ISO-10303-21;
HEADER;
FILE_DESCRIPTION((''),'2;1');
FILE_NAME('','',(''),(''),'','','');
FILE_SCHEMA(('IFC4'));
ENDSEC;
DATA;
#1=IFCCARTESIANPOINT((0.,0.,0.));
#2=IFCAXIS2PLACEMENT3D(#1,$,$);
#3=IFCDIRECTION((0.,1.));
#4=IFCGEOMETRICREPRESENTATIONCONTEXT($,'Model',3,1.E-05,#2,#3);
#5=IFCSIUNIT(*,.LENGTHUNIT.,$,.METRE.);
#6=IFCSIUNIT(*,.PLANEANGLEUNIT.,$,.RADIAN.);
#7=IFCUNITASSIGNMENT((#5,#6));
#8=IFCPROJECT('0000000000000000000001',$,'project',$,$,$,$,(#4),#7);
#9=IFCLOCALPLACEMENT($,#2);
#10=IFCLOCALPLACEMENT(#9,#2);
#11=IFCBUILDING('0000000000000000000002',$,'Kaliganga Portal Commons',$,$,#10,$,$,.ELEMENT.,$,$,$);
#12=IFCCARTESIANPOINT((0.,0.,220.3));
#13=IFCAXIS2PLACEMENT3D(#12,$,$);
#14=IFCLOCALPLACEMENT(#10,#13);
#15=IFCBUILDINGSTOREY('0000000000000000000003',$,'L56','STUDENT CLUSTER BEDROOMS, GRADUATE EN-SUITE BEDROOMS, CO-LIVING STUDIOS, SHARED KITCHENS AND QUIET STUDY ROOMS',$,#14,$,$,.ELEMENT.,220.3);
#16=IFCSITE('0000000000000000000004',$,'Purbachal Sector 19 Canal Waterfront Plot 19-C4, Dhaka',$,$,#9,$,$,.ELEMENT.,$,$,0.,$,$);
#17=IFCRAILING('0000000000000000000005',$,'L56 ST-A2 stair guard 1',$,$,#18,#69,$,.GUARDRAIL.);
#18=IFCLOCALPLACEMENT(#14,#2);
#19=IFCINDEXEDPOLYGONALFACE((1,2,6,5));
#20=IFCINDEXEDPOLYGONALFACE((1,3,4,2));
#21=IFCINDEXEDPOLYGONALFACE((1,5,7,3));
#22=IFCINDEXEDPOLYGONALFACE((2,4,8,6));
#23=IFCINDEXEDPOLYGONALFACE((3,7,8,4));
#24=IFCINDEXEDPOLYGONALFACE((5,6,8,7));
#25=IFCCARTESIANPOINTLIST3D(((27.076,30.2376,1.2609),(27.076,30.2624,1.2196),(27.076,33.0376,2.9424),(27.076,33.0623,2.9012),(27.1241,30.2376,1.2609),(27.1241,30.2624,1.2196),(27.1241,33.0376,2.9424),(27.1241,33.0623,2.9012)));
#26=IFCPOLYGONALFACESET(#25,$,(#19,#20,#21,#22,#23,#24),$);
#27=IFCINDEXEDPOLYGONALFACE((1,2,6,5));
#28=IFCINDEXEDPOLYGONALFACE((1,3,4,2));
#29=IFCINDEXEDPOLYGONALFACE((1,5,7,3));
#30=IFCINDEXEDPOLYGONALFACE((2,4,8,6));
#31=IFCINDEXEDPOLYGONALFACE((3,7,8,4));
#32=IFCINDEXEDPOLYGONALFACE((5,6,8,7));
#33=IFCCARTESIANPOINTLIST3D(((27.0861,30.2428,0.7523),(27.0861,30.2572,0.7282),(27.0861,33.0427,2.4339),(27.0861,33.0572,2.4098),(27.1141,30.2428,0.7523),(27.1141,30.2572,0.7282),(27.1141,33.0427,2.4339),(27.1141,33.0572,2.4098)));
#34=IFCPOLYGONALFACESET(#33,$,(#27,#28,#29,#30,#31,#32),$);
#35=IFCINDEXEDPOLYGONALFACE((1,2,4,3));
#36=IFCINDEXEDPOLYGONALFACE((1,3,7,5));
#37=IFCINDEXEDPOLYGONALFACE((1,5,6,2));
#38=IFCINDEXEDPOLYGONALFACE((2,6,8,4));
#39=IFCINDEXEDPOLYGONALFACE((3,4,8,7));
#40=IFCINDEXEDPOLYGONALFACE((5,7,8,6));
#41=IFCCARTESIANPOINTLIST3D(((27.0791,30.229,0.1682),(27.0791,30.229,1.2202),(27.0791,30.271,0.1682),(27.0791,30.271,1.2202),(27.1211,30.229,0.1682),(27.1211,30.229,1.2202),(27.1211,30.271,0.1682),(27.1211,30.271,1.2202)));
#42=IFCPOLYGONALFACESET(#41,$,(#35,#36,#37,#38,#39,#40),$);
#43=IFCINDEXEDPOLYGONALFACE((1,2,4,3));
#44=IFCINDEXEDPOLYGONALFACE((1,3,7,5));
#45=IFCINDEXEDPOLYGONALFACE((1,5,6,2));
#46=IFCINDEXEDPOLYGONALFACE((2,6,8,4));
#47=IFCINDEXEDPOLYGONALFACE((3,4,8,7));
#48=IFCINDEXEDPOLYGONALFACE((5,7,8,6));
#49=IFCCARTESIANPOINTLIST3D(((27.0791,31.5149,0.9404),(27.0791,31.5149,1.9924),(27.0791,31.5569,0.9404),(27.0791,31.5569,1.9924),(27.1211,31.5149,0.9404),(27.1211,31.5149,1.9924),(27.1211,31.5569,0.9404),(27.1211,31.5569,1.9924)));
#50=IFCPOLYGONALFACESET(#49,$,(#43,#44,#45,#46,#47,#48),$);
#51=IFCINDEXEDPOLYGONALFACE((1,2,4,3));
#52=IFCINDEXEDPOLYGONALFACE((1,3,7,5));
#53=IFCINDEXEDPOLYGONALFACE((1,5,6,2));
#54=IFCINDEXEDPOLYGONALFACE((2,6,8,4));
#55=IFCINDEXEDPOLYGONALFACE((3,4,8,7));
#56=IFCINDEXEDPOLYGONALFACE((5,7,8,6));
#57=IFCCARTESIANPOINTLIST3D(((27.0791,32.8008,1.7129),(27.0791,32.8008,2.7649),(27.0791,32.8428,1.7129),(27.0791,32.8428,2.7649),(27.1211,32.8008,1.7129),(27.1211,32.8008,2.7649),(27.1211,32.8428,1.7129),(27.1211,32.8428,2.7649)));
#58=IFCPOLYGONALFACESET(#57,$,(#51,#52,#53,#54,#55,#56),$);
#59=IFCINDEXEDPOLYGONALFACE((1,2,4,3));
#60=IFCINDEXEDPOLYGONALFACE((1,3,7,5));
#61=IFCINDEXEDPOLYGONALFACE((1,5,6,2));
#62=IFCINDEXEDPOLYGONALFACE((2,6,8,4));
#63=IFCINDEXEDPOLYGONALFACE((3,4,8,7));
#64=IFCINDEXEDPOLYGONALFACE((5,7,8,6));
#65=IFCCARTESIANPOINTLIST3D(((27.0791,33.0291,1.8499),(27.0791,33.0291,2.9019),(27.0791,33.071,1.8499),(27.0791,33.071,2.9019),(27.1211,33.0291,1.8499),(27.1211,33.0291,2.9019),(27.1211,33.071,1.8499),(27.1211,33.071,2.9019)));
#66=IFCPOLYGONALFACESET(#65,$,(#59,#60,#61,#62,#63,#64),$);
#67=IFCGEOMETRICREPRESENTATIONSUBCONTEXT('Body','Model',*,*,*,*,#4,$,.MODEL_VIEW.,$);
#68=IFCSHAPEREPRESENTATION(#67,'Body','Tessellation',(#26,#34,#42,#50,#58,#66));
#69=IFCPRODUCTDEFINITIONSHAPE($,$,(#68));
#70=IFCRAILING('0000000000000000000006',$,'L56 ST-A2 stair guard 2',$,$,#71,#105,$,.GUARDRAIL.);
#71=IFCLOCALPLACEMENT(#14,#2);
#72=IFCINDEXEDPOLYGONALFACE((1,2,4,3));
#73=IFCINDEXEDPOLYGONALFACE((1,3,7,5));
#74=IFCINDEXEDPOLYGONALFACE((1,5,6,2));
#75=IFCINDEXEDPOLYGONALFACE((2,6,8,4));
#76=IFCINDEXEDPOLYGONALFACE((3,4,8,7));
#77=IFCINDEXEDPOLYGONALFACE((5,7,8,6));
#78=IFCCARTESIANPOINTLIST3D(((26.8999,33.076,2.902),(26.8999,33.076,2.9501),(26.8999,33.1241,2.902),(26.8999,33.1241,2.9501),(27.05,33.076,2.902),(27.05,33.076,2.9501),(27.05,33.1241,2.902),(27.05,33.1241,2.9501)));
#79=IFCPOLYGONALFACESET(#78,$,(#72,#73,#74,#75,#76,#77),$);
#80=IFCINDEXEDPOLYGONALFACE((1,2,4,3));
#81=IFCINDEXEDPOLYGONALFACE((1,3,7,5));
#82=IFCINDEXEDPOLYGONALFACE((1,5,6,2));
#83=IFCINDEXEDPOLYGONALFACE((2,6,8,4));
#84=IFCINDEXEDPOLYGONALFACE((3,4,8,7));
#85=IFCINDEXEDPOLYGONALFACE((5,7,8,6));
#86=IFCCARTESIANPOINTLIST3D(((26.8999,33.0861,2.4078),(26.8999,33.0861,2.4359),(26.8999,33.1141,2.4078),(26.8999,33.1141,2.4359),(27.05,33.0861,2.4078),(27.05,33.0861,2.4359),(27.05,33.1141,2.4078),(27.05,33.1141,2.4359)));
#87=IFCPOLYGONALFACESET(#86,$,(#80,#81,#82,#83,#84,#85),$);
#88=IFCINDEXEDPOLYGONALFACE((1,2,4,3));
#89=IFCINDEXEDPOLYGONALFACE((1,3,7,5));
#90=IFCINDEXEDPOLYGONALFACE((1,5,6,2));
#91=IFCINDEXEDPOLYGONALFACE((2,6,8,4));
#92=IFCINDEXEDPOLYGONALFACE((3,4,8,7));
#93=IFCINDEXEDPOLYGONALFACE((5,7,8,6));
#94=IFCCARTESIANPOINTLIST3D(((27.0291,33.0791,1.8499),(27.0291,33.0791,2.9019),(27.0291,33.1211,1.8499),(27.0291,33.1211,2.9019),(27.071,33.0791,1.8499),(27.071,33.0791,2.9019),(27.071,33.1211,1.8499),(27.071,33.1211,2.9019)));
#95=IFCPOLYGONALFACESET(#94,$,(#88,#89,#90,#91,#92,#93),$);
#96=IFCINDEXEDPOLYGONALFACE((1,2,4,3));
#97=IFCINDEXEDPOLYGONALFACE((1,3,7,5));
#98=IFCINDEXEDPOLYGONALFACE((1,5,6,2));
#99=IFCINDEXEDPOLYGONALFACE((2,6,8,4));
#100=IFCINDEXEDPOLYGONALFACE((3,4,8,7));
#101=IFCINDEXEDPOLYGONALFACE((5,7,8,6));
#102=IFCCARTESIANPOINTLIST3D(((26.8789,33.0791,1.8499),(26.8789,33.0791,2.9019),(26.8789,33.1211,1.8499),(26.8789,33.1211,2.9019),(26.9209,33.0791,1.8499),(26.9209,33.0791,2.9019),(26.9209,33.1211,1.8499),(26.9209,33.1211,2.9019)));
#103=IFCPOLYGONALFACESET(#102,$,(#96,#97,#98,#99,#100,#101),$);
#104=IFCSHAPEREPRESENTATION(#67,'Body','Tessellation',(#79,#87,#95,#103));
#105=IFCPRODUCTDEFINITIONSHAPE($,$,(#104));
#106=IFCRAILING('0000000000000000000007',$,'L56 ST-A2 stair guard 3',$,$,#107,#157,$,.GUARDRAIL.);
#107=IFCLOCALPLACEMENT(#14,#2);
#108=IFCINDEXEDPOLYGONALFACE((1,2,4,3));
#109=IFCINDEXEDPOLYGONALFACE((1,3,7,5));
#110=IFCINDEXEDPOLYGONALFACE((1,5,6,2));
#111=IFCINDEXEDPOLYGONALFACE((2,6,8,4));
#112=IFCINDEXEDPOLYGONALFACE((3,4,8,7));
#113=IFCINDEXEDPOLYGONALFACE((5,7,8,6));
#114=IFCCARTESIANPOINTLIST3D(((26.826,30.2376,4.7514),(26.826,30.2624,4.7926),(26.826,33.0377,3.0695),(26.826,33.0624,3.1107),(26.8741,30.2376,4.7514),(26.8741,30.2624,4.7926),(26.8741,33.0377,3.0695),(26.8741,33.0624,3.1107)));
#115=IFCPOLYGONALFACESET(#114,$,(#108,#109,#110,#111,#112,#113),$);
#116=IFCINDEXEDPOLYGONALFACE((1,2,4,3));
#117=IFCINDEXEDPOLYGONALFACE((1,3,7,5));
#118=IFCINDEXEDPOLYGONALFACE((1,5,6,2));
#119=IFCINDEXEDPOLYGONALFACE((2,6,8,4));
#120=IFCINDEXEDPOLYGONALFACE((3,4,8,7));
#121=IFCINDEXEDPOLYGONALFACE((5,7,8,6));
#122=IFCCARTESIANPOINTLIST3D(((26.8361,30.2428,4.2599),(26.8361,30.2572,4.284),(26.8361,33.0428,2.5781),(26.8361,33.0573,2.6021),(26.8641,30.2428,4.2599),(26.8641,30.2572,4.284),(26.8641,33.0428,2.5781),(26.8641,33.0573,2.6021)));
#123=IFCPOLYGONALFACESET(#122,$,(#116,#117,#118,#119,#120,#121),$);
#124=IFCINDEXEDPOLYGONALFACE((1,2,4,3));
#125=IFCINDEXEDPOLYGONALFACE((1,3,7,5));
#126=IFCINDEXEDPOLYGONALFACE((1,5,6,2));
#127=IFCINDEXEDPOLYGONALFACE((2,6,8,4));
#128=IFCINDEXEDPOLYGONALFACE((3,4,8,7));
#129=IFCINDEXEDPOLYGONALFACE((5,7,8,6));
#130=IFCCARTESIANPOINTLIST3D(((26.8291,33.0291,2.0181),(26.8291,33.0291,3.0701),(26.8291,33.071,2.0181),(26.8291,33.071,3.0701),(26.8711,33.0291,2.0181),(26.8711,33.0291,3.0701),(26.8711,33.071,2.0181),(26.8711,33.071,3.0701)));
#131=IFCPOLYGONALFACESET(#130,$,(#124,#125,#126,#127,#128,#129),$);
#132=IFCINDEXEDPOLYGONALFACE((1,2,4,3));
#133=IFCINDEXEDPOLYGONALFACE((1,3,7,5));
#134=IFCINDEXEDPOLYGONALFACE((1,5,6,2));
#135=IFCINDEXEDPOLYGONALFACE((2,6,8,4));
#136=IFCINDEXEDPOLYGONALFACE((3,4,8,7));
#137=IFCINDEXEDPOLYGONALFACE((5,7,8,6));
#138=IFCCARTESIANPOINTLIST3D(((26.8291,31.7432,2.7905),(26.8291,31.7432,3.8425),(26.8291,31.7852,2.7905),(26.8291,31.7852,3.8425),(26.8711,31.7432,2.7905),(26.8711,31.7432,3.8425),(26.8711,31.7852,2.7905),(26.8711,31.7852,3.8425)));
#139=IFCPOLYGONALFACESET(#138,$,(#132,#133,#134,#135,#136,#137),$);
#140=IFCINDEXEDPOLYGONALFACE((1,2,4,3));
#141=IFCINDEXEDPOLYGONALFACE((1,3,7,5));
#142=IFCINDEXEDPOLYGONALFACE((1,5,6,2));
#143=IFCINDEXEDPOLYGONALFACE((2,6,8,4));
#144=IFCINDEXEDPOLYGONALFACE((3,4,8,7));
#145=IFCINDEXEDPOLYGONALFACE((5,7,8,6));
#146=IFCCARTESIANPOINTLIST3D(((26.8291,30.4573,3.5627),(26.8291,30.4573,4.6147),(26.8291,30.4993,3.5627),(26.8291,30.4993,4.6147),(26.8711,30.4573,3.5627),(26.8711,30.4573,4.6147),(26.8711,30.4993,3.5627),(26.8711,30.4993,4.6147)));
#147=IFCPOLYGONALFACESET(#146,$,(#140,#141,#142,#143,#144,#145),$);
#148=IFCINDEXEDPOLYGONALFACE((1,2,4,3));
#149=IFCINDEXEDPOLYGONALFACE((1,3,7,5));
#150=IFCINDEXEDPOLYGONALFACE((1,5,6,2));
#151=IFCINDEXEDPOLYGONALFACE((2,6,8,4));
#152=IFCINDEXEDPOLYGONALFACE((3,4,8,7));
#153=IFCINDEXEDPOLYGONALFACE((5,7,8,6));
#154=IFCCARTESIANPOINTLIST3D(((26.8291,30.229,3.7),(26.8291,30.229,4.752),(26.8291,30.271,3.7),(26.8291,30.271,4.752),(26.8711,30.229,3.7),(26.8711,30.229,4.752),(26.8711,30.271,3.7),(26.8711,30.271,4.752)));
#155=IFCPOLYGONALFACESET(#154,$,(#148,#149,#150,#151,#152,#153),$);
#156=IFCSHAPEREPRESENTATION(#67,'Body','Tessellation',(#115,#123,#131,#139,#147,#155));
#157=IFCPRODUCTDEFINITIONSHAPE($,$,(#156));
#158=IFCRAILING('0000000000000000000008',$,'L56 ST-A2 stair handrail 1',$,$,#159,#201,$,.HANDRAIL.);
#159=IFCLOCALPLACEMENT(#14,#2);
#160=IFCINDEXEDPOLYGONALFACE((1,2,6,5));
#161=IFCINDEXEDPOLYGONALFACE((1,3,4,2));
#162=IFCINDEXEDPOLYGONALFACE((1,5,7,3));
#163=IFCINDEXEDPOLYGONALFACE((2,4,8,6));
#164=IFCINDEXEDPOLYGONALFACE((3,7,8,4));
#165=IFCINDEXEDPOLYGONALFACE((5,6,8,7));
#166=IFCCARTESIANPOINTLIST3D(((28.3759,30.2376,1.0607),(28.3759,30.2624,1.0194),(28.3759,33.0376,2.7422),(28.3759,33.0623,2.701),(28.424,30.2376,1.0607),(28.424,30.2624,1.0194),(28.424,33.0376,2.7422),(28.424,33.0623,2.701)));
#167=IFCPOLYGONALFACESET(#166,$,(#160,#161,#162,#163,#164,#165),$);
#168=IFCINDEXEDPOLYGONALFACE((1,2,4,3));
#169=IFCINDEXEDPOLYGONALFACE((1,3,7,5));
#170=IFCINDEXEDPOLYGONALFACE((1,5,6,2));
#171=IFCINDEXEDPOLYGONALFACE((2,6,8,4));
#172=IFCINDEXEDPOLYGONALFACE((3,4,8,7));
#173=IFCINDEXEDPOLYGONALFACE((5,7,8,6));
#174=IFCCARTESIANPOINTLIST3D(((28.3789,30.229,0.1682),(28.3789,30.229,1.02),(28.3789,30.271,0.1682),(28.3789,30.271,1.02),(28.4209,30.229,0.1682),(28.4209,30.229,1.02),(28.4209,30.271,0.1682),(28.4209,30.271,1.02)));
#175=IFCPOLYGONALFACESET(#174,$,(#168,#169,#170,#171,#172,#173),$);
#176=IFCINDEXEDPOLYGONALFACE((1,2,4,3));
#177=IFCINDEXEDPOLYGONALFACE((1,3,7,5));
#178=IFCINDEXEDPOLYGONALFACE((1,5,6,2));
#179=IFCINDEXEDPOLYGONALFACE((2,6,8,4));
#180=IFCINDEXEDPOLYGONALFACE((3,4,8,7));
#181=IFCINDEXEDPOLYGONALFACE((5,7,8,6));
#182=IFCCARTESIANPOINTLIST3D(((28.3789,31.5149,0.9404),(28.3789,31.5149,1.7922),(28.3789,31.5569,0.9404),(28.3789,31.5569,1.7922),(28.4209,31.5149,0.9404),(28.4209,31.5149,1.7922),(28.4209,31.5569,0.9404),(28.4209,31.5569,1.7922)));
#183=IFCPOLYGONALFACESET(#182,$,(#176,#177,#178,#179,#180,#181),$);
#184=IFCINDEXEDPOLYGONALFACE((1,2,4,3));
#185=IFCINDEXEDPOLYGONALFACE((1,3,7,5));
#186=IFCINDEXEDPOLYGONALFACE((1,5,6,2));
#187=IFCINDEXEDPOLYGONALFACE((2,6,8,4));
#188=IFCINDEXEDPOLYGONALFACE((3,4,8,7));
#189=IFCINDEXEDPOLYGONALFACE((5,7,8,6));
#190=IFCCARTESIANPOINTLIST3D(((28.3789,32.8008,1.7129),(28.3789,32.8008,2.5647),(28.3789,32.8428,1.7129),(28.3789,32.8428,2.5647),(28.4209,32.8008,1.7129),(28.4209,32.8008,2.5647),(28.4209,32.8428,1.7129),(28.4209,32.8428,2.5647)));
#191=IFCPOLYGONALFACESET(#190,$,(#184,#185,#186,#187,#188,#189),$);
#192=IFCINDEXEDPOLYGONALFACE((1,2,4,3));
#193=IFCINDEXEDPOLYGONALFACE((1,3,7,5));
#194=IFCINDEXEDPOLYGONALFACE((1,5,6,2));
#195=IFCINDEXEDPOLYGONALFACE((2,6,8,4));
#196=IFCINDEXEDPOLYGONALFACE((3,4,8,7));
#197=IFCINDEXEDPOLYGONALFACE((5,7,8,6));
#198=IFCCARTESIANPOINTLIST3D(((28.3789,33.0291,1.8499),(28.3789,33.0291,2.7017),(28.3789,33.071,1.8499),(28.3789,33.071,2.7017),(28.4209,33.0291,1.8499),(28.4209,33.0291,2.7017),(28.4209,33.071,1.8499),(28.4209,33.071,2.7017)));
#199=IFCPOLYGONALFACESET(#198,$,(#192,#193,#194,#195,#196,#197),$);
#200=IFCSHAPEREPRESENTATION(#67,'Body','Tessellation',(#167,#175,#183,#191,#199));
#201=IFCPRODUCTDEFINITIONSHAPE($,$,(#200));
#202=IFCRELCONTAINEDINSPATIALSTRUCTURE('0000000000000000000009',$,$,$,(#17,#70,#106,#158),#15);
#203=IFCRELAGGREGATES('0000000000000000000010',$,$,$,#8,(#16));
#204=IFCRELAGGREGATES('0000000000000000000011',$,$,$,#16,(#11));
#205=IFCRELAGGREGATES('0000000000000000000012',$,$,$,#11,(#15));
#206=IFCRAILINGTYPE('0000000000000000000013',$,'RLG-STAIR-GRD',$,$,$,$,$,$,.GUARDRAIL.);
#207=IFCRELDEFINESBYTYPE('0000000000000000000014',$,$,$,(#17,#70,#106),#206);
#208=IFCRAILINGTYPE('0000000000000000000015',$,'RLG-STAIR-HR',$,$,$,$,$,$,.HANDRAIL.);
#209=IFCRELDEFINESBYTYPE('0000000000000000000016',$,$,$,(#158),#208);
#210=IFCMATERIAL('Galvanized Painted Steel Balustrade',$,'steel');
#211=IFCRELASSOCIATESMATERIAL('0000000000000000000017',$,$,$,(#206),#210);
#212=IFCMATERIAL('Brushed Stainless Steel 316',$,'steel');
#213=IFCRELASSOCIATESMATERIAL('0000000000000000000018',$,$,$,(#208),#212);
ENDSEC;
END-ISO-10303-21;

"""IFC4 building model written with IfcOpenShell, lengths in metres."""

from ifc_helpers import new_model, si_unit, direction, frame, origin, origin_2d, place, context, subcontext, project, spatial, rectangle, extrude, material, type_object, element, save


model = new_model("IFC4")

# Units and contexts
model_context = context("Model", 3, precision=1e-05, world=origin(), true_north=direction((0.0, 1.0)))
body_context = subcontext(model_context, "Body", "Model", "MODEL_VIEW")
ifc_project = project(units=[si_unit("LENGTHUNIT", "METRE"), si_unit("PLANEANGLEUNIT", "RADIAN")], contexts=[model_context])

# Site, building, storey
site_placement = place(None, origin())
site = spatial("IfcSite", under=ifc_project, at=site_placement, Name="Purbachal Sector 19 Canal Waterfront Plot 19-C4, Dhaka", CompositionType="ELEMENT", RefElevation=0.0)
building_placement = place(site_placement, origin())
building = spatial("IfcBuilding", under=site, at=building_placement, Name="Kaliganga Portal Commons", CompositionType="ELEMENT")
storey_placement = place(building_placement, frame((0.0, 0.0, 220.3)))
storey = spatial("IfcBuildingStorey", under=building, at=storey_placement, Name="L56", Description="STUDENT CLUSTER BEDROOMS, GRADUATE EN-SUITE BEDROOMS, CO-LIVING STUDIOS, SHARED KITCHENS AND QUIET STUDY ROOMS", CompositionType="ELEMENT", Elevation=220.3)

# Railings
ifc_material_1 = material(Name="Galvanized Painted Steel Balustrade", Category="steel")
railing_type_1 = type_object("IfcRailingType", Name="RLG-STAIR-GRD", PredefinedType="GUARDRAIL", material=ifc_material_1)
railing_1_placement = place(storey_placement, frame((27.1001, 30.25, 0.1682)))
element("IfcRailing", 1, at=railing_1_placement, inside=storey, type_object=railing_type_1, Name="L56 ST-A2 stair guard 1", PredefinedType="GUARDRAIL", context=body_context, shape_type="SweptSolid", body=[
    extrude(rectangle(XDim=0.0481, YDim=0.0481, at=origin_2d()), frame((0.0, 0.0, 1.072), z_axis=(0.0, 0.857275, 0.514858), x_axis=(-1.0, 0.0, 0.0)), (0.0, 0.0, 1.0), 3.2661),
    extrude(rectangle(XDim=0.0281, YDim=0.0281, at=origin_2d()), frame((0.0, 0.0, 0.572), z_axis=(0.0, 0.857275, 0.514858), x_axis=(-1.0, 0.0, 0.0)), (0.0, 0.0, 1.0), 3.2661),
    extrude(rectangle(XDim=0.042, YDim=0.042, at=origin_2d()), origin(), (0.0, 0.0, 1.0), 1.052),
    extrude(rectangle(XDim=0.042, YDim=0.042, at=origin_2d()), frame((0.0, 1.2859, 0.7722)), (0.0, 0.0, 1.0), 1.052),
    extrude(rectangle(XDim=0.042, YDim=0.042, at=origin_2d()), frame((0.0, 2.5718, 1.5447)), (0.0, 0.0, 1.0), 1.052),
    extrude(rectangle(XDim=0.042, YDim=0.042, at=origin_2d()), frame((0.0, 2.8, 1.6816)), (0.0, 0.0, 1.0), 1.052),
])
railing_2_placement = place(storey_placement, frame((27.05, 33.1001, 1.8499)))
element("IfcRailing", 2, at=railing_2_placement, inside=storey, type_object=railing_type_1, Name="L56 ST-A2 stair guard 2", PredefinedType="GUARDRAIL", context=body_context, shape_type="SweptSolid", body=[
    extrude(rectangle(XDim=0.0481, YDim=0.0481, at=origin_2d()), frame((0.0, 0.0, 1.0762), z_axis=(-1.0, 0.0, 0.0), x_axis=(0.0, -1.0, 0.0)), (0.0, 0.0, 1.0), 0.1501),
    extrude(rectangle(XDim=0.0281, YDim=0.0281, at=origin_2d()), frame((0.0, 0.0, 0.572), z_axis=(-1.0, 0.0, 0.0), x_axis=(0.0, -1.0, 0.0)), (0.0, 0.0, 1.0), 0.1501),
    extrude(rectangle(XDim=0.042, YDim=0.042, at=origin_2d()), origin(), (0.0, 0.0, 1.0), 1.052),
    extrude(rectangle(XDim=0.042, YDim=0.042, at=origin_2d()), frame((-0.1501, 0.0, 0.0)), (0.0, 0.0, 1.0), 1.052),
])
railing_3_placement = place(storey_placement, frame((26.8501, 33.05, 2.0181)))
element("IfcRailing", 3, at=railing_3_placement, inside=storey, type_object=railing_type_1, Name="L56 ST-A2 stair guard 3", PredefinedType="GUARDRAIL", context=body_context, shape_type="SweptSolid", body=[
    extrude(rectangle(XDim=0.0481, YDim=0.0481, at=origin_2d()), frame((0.0, 0.0, 1.072), z_axis=(0.0, -0.857242, 0.514913), x_axis=(1.0, 0.0, 0.0)), (0.0, 0.0, 1.0), 3.2664),
    extrude(rectangle(XDim=0.0281, YDim=0.0281, at=origin_2d()), frame((0.0, 0.0, 0.572), z_axis=(0.0, -0.857242, 0.514913), x_axis=(1.0, 0.0, 0.0)), (0.0, 0.0, 1.0), 3.2664),
    extrude(rectangle(XDim=0.042, YDim=0.042, at=origin_2d()), origin(), (0.0, 0.0, 1.0), 1.052),
    extrude(rectangle(XDim=0.042, YDim=0.042, at=origin_2d()), frame((0.0, -1.2859, 0.7725)), (0.0, 0.0, 1.0), 1.052),
    extrude(rectangle(XDim=0.042, YDim=0.042, at=origin_2d()), frame((0.0, -2.5718, 1.5447)), (0.0, 0.0, 1.0), 1.052),
    extrude(rectangle(XDim=0.042, YDim=0.042, at=origin_2d()), frame((0.0, -2.8, 1.6819)), (0.0, 0.0, 1.0), 1.052),
])
ifc_material_2 = material(Name="Brushed Stainless Steel 316", Category="steel")
railing_type_2 = type_object("IfcRailingType", Name="RLG-STAIR-HR", PredefinedType="HANDRAIL", material=ifc_material_2)
railing_4_placement = place(storey_placement, frame((28.3999, 30.25, 0.1682)))
element("IfcRailing", 4, at=railing_4_placement, inside=storey, type_object=railing_type_2, Name="L56 ST-A2 stair handrail 1", PredefinedType="HANDRAIL", context=body_context, shape_type="SweptSolid", body=[
    extrude(rectangle(XDim=0.0481, YDim=0.0481, at=origin_2d()), frame((0.0, 0.0, 0.8718), z_axis=(0.0, 0.857275, 0.514858), x_axis=(-1.0, 0.0, 0.0)), (0.0, 0.0, 1.0), 3.2661),
    extrude(rectangle(XDim=0.042, YDim=0.042, at=origin_2d()), origin(), (0.0, 0.0, 1.0), 0.8518),
    extrude(rectangle(XDim=0.042, YDim=0.042, at=origin_2d()), frame((0.0, 1.2859, 0.7722)), (0.0, 0.0, 1.0), 0.8518),
    extrude(rectangle(XDim=0.042, YDim=0.042, at=origin_2d()), frame((0.0, 2.5718, 1.5447)), (0.0, 0.0, 1.0), 0.8518),
    extrude(rectangle(XDim=0.042, YDim=0.042, at=origin_2d()), frame((0.0, 2.8, 1.6816)), (0.0, 0.0, 1.0), 0.8518),
])

save(model, "model.ifc")
